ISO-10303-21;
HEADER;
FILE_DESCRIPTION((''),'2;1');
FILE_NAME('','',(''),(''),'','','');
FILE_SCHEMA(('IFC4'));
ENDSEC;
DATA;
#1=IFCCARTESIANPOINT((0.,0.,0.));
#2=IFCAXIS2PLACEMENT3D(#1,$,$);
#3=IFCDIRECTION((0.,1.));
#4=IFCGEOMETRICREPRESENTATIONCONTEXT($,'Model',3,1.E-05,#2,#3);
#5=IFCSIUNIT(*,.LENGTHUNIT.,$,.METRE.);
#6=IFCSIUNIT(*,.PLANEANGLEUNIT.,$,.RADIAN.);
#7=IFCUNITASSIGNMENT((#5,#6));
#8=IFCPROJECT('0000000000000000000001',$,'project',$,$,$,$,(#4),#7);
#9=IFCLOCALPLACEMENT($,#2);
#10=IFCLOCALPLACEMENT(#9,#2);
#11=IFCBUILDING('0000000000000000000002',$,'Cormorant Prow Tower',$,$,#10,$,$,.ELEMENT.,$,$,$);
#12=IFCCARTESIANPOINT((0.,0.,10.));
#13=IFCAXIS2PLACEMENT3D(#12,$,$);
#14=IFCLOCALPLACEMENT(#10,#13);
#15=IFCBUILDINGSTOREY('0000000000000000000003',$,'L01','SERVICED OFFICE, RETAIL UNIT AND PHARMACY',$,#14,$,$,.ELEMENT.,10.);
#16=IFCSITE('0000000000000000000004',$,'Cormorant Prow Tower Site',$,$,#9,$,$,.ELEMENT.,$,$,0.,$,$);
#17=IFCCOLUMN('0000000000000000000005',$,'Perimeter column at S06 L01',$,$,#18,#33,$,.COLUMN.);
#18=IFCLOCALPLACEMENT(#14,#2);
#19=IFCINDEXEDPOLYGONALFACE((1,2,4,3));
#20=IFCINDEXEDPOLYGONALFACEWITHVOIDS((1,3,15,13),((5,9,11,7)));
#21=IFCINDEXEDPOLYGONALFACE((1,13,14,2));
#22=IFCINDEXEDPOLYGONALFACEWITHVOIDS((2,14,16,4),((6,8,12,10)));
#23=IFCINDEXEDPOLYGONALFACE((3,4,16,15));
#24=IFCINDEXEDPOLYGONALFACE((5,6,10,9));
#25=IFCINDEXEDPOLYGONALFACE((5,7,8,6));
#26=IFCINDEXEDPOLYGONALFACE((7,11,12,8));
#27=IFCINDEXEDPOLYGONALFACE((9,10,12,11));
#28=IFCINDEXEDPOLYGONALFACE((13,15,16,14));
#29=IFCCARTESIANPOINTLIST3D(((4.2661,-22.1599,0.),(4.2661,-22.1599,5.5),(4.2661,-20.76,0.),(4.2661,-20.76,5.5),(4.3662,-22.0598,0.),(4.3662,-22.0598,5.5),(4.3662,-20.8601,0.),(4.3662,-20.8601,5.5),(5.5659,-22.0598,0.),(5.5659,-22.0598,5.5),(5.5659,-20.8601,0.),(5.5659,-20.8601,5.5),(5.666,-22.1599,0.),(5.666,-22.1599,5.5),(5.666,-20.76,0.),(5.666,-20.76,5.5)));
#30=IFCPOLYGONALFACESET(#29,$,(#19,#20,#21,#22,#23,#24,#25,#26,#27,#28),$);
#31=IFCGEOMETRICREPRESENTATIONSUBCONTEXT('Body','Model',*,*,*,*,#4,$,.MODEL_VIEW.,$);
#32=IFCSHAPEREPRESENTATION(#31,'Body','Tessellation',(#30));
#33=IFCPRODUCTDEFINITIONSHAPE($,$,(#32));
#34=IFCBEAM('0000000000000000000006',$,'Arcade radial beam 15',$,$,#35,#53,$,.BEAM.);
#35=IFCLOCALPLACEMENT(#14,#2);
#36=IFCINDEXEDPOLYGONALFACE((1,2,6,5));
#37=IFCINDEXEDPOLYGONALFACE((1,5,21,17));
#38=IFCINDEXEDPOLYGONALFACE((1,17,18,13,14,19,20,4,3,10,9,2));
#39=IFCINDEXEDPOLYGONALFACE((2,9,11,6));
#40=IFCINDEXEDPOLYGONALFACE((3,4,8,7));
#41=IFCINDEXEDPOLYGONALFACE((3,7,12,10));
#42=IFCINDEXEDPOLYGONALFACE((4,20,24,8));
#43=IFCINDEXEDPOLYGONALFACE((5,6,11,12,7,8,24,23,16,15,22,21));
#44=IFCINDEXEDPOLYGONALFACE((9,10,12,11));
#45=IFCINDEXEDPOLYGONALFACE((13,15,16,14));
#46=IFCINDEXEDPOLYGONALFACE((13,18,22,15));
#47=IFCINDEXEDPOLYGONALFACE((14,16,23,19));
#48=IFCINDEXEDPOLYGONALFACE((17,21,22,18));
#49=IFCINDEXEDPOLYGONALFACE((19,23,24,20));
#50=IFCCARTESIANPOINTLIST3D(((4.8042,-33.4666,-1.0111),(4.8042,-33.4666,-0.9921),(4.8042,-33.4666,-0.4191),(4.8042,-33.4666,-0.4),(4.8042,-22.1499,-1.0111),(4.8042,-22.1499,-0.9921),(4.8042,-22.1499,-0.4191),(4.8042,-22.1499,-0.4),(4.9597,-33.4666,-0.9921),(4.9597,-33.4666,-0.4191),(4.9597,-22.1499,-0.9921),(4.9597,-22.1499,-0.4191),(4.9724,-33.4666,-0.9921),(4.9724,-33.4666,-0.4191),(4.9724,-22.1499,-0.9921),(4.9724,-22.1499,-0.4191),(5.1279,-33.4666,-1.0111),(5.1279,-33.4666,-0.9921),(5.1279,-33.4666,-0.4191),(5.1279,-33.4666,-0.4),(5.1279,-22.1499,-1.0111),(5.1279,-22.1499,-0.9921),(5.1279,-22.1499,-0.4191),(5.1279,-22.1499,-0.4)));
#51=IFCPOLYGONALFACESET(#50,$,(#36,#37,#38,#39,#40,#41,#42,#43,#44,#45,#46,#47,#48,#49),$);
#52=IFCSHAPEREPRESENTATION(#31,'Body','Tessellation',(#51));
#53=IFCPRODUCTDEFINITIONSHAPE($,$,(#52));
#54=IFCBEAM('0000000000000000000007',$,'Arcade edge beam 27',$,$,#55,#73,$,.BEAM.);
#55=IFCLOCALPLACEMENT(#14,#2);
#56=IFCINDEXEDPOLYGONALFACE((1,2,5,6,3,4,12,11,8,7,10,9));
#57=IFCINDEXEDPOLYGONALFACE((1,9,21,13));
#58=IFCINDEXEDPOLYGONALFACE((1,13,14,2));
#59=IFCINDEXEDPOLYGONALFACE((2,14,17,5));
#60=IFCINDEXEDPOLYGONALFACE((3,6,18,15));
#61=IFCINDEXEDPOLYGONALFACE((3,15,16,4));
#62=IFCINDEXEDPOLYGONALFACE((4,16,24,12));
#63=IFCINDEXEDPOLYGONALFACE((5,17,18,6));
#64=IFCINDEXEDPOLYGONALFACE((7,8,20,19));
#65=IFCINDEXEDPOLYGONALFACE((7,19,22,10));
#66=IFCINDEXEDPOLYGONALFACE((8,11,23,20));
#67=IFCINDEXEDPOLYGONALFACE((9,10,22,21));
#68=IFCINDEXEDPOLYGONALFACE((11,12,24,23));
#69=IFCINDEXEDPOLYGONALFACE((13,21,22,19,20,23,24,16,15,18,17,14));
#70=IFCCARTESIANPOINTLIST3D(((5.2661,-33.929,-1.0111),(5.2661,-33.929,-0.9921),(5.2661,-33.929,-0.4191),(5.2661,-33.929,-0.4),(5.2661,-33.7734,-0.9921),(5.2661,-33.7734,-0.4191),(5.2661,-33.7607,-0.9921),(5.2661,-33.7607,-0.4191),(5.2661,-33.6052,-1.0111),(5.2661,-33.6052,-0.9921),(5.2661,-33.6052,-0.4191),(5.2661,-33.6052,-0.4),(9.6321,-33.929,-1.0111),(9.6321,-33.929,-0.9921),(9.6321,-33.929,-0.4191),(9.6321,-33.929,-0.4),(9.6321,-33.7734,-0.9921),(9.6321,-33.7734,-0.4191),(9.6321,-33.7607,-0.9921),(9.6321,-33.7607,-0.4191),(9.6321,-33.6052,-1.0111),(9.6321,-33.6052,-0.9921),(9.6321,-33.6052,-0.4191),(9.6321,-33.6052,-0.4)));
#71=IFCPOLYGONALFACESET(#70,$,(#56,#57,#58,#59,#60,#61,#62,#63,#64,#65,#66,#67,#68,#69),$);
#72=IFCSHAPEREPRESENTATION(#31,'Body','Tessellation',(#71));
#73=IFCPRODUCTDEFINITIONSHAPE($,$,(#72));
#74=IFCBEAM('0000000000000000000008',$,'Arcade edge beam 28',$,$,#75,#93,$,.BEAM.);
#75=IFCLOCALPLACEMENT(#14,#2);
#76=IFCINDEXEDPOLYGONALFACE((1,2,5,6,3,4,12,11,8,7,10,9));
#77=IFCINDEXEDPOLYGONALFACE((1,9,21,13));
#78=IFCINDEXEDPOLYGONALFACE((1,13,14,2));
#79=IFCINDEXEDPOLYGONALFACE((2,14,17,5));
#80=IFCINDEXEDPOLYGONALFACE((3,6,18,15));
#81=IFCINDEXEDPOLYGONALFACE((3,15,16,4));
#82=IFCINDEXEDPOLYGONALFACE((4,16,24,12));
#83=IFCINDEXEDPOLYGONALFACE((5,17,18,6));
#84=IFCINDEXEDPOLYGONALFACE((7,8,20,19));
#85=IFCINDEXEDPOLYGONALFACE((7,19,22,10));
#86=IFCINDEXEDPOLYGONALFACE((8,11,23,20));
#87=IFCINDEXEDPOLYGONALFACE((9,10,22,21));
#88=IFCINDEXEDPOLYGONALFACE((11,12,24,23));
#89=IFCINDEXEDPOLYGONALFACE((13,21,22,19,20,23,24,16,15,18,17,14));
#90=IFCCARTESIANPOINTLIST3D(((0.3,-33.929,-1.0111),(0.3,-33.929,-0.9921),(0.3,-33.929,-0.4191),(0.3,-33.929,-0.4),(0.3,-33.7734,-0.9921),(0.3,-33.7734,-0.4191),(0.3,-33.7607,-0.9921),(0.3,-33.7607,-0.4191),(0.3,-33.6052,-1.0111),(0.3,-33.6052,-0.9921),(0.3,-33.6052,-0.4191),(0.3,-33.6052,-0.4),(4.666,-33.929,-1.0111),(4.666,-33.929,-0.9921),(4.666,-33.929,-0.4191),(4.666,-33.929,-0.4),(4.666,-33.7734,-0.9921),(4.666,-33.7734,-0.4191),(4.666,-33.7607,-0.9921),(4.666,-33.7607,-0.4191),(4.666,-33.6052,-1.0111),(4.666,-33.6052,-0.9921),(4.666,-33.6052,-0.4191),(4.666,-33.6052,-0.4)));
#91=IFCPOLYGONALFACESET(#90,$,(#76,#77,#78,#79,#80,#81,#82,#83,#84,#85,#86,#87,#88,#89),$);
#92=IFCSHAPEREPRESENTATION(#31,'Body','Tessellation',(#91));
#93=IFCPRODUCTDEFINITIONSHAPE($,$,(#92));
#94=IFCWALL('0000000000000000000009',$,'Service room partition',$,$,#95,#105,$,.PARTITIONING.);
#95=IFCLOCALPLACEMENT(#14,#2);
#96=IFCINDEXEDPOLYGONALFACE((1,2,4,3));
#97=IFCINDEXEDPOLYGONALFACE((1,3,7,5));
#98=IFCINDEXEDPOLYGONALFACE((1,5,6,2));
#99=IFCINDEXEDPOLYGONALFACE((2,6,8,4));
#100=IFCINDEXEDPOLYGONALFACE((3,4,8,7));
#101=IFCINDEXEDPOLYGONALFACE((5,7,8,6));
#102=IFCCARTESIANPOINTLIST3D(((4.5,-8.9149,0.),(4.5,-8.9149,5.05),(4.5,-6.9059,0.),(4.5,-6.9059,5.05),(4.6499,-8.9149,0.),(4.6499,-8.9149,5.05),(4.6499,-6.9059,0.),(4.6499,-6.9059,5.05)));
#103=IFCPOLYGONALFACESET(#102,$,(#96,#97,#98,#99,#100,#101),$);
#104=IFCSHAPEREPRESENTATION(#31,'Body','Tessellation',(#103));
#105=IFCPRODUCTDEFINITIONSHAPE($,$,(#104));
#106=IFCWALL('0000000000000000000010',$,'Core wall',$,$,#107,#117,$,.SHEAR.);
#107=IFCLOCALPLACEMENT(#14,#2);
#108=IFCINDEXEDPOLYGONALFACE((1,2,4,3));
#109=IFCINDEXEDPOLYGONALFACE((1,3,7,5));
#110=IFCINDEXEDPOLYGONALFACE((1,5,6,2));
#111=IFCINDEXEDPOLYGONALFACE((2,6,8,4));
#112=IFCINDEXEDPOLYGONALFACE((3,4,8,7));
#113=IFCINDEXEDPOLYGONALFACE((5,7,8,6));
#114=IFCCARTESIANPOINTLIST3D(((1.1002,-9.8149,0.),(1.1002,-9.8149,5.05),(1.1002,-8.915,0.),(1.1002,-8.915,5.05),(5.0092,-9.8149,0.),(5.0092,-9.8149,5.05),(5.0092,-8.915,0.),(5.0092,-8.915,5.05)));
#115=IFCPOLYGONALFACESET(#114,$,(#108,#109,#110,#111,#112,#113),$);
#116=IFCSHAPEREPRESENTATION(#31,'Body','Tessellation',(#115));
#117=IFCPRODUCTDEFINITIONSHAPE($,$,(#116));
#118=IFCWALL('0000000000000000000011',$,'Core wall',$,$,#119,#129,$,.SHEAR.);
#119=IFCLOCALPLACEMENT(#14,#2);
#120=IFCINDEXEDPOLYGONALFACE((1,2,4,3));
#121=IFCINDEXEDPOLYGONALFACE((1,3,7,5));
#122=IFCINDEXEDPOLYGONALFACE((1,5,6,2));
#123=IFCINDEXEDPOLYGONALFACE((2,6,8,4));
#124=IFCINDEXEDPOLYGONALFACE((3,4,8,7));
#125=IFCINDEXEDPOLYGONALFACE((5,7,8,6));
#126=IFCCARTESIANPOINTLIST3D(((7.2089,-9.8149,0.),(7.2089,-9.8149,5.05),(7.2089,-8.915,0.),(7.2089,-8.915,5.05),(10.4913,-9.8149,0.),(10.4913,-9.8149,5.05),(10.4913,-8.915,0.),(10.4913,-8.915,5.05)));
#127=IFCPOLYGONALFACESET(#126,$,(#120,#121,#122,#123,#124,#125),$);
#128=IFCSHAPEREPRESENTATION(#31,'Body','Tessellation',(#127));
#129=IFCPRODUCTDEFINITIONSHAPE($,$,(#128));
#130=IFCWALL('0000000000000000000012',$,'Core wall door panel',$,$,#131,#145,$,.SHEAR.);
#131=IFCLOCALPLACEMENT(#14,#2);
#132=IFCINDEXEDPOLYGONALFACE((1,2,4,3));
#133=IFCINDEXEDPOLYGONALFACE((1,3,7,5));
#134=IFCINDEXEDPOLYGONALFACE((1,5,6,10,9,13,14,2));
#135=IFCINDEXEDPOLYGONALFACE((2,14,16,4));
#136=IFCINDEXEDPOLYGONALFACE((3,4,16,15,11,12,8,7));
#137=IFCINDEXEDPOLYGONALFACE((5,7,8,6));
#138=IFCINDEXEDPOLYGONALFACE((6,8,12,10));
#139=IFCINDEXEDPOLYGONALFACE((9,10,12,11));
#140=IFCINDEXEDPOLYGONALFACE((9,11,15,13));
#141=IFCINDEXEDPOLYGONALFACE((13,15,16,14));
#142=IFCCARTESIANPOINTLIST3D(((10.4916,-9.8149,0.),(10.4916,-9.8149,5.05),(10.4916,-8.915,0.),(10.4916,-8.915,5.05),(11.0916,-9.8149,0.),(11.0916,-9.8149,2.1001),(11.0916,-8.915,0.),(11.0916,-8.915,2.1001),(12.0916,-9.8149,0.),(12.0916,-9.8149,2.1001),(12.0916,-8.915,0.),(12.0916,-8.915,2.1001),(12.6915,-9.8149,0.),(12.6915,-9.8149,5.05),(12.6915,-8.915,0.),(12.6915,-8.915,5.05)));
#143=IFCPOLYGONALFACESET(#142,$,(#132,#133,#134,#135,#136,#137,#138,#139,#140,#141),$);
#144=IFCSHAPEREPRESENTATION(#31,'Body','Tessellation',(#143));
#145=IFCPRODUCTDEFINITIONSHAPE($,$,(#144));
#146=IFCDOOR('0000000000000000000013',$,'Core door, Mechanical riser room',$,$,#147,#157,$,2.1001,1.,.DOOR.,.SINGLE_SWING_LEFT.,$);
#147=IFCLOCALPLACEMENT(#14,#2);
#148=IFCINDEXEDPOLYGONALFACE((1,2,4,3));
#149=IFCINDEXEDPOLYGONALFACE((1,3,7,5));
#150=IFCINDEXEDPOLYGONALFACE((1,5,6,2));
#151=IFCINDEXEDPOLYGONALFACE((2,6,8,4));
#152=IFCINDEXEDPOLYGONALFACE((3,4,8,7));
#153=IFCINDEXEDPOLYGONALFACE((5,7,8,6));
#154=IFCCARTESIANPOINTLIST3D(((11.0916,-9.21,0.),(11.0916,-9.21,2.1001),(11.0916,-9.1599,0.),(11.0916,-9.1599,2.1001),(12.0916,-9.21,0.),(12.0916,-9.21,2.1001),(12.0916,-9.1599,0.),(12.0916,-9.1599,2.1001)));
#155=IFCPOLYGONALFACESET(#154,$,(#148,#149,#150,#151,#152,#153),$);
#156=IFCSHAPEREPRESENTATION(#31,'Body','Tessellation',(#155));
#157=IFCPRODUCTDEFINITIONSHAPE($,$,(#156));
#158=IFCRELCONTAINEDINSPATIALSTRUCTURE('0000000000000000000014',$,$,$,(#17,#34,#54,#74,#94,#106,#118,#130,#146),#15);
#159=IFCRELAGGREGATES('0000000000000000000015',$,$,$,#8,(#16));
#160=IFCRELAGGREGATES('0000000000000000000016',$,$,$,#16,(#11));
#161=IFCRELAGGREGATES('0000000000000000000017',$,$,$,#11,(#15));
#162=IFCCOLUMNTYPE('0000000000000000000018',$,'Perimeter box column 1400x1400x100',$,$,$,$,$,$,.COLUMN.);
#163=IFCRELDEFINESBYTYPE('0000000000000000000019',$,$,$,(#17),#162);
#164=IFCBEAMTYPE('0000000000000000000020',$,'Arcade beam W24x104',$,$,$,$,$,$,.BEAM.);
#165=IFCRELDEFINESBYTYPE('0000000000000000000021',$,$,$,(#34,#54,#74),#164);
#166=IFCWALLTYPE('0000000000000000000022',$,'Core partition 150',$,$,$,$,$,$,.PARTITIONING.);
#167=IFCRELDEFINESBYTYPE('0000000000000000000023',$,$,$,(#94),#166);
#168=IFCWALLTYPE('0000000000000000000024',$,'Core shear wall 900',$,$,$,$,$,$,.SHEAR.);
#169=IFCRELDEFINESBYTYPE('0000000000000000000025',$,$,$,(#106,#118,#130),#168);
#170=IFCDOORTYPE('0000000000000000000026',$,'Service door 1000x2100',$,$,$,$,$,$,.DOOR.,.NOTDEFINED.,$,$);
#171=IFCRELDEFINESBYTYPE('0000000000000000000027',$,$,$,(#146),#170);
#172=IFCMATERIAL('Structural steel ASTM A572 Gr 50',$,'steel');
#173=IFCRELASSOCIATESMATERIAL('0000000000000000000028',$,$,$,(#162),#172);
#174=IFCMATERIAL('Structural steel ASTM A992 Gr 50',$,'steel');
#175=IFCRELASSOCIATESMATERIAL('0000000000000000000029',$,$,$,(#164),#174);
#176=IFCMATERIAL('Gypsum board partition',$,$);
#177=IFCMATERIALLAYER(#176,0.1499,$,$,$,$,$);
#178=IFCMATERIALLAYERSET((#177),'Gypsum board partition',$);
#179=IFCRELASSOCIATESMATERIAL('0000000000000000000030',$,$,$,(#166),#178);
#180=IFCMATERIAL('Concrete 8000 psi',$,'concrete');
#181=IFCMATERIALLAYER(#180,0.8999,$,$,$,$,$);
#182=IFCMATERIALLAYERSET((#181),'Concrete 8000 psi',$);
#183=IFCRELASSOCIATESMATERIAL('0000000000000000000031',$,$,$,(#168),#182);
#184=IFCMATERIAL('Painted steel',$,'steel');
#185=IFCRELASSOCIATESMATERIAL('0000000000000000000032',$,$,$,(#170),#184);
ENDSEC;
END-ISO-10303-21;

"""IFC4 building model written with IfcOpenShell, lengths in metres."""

from ifc_helpers import new_model, si_unit, direction, frame, frame_2d, origin, origin_2d, place, context, subcontext, project, spatial, rectangle, hollow_rectangle, i_section, extrude, material, layer, layer_set, material_profile, profile_set, type_object, element, fill, save


model = new_model("IFC4")

# Units and contexts
model_context = context("Model", 3, precision=1e-05, world=origin(), true_north=direction((0.0, 1.0)))
body_context = subcontext(model_context, "Body", "Model", "MODEL_VIEW")
ifc_project = project(units=[si_unit("LENGTHUNIT", "METRE"), si_unit("PLANEANGLEUNIT", "RADIAN")], contexts=[model_context])

# Site, building, storey
site_placement = place(None, origin())
site = spatial("IfcSite", under=ifc_project, at=site_placement, Name="Cormorant Prow Tower Site", CompositionType="ELEMENT", RefElevation=0.0)
building_placement = place(site_placement, origin())
building = spatial("IfcBuilding", under=site, at=building_placement, Name="Cormorant Prow Tower", CompositionType="ELEMENT")
storey_placement = place(building_placement, frame((0.0, 0.0, 10.0)))
storey = spatial("IfcBuildingStorey", under=building, at=storey_placement, Name="L01", Description="SERVICED OFFICE, RETAIL UNIT AND PHARMACY", CompositionType="ELEMENT", Elevation=10.0)

# Column
ifc_material_1 = material(Name="Structural steel ASTM A572 Gr 50", Category="steel")
ifc_material_profile_1 = material_profile(ifc_material_1, hollow_rectangle(XDim=1.3999, YDim=1.3999, WallThickness=0.1001, at=origin_2d()), Name="Box 1400x1400x100")
ifc_profile_set_1 = profile_set([ifc_material_profile_1], Name="Structural steel ASTM A572 Gr 50")
column_type = type_object("IfcColumnType", Name="Perimeter box column 1400x1400x100", PredefinedType="COLUMN", material=ifc_profile_set_1)
column_placement = place(storey_placement, frame((4.9661, -21.46, 0.0), z_axis=(0.0, 0.0, 1.0), x_axis=(1.0, 0.0, 0.0)))
element("IfcColumn", 1, at=column_placement, inside=storey, type_object=column_type, Name="Perimeter column at S06 L01", PredefinedType="COLUMN", context=body_context, shape_type="SweptSolid", body=[
    extrude(hollow_rectangle(XDim=1.3999, YDim=1.3999, WallThickness=0.1001, at=origin_2d()), origin(), (0.0, 0.0, 1.0), 5.5),
])

# Beams
ifc_material_2 = material(Name="Structural steel ASTM A992 Gr 50", Category="steel")
ifc_material_profile_2 = material_profile(ifc_material_2, i_section(OverallWidth=0.3237, OverallDepth=0.6111, WebThickness=0.0127, FlangeThickness=0.019, at=origin_2d()), Name="W24x104")
ifc_profile_set_2 = profile_set([ifc_material_profile_2], Name="Structural steel ASTM A992 Gr 50")
beam_type = type_object("IfcBeamType", Name="Arcade beam W24x104", PredefinedType="BEAM", material=ifc_profile_set_2)
beam_placement = place(storey_placement, frame((4.9661, -22.1499, -0.7056), z_axis=(0.0, -1.0, 0.0), x_axis=(1.0, 0.0, 0.0)))
element("IfcBeam", 2, at=beam_placement, inside=storey, type_object=beam_type, Name="Arcade radial beam 15", PredefinedType="BEAM", context=body_context, shape_type="SweptSolid", body=[
    extrude(i_section(OverallWidth=0.3237, OverallDepth=0.6111, WebThickness=0.0127, FlangeThickness=0.019, at=origin_2d()), origin(), (0.0, 0.0, 1.0), 11.3167),
])
for number, where, z_axis, x_axis, name in (
    (3, (9.6321, -33.7671, -0.7056), (-1.0, 0.0, 0.0), (0.0, -1.0, 0.0), "Arcade edge beam 27"),
    (4, (4.666, -33.7671, -0.7056), (-1.0, 0.0, 0.0), (0.0, -1.0, 0.0), "Arcade edge beam 28"),
):
    element("IfcBeam", number, at=place(storey_placement, frame(where, z_axis=z_axis, x_axis=x_axis)), inside=storey, type_object=beam_type, Name=name, PredefinedType="BEAM", context=body_context, shape_type="SweptSolid", body=[
        extrude(i_section(OverallWidth=0.3237, OverallDepth=0.6111, WebThickness=0.0127, FlangeThickness=0.019, at=origin_2d()), origin(), (0.0, 0.0, 1.0), 4.366),
    ])

# Walls
ifc_material_3 = material(Name="Gypsum board partition")
ifc_layer_1 = layer(ifc_material_3, 0.1499)
ifc_layer_set_1 = layer_set([ifc_layer_1], Name="Gypsum board partition")
wall_type_1 = type_object("IfcWallType", Name="Core partition 150", PredefinedType="PARTITIONING", material=ifc_layer_set_1)
wall_1_placement = place(storey_placement, frame((4.575, -6.906, 0.0), z_axis=(0.0, 0.0, 1.0), x_axis=(0.0, -1.0, 0.0)))
element("IfcWall", 5, at=wall_1_placement, inside=storey, type_object=wall_type_1, Name="Service room partition", PredefinedType="PARTITIONING", context=body_context, shape_type="SweptSolid", body=[
    extrude(rectangle(XDim=2.009, YDim=0.1499, at=frame_2d((1.0044, 0.0))), origin(), (0.0, 0.0, 1.0), 5.05),
])
ifc_material_4 = material(Name="Concrete 8000 psi", Category="concrete")
ifc_layer_2 = layer(ifc_material_4, 0.8999)
ifc_layer_set_2 = layer_set([ifc_layer_2], Name="Concrete 8000 psi")
wall_type_2 = type_object("IfcWallType", Name="Core shear wall 900", PredefinedType="SHEAR", material=ifc_layer_set_2)
wall_2_placement = place(storey_placement, frame((1.1001, -9.365, 0.0), z_axis=(0.0, 0.0, 1.0), x_axis=(1.0, 0.0, 0.0)))
element("IfcWall", 6, at=wall_2_placement, inside=storey, type_object=wall_type_2, Name="Core wall", PredefinedType="SHEAR", context=body_context, shape_type="SweptSolid", body=[
    extrude(rectangle(XDim=3.9089, YDim=0.8999, at=frame_2d((1.9546, 0.0))), origin(), (0.0, 0.0, 1.0), 5.05),
])
wall_3_placement = place(storey_placement, frame((7.209, -9.365, 0.0), z_axis=(0.0, 0.0, 1.0), x_axis=(1.0, 0.0, 0.0)))
element("IfcWall", 7, at=wall_3_placement, inside=storey, type_object=wall_type_2, Name="Core wall", PredefinedType="SHEAR", context=body_context, shape_type="SweptSolid", body=[
    extrude(rectangle(XDim=3.2825, YDim=0.8999, at=frame_2d((1.6411, 0.0))), origin(), (0.0, 0.0, 1.0), 5.05),
])

# Wall, opening, door
wall_4_placement = place(storey_placement, frame((10.4915, -9.365, 0.0), z_axis=(0.0, 0.0, 1.0), x_axis=(1.0, 0.0, 0.0)))
wall_4 = element("IfcWall", 8, at=wall_4_placement, inside=storey, type_object=wall_type_2, Name="Core wall door panel", PredefinedType="SHEAR", context=body_context, shape_type="SweptSolid", body=[
    extrude(rectangle(XDim=2.2, YDim=0.8999, at=frame_2d((1.1001, 0.0))), origin(), (0.0, 0.0, 1.0), 5.05),
])
opening_1_placement = place(wall_4_placement, frame((0.6001, 0.0, 0.0)))
opening_1 = element("IfcOpeningElement", 9, at=opening_1_placement, cuts=wall_4, PredefinedType="OPENING", context=body_context, shape_type="SweptSolid", body=[
    extrude(rectangle(XDim=1.0, YDim=2.1001, at=frame_2d((0.5, 1.05))), frame((0.0, 0.46, 0.0), z_axis=(0.0, -1.0, 0.0), x_axis=(1.0, 0.0, 0.0)), (0.0, 0.0, 1.0), 0.9199),
])
ifc_material_5 = material(Name="Painted steel", Category="steel")
door_type = type_object("IfcDoorType", Name="Service door 1000x2100", OperationType="NOTDEFINED", PredefinedType="DOOR", material=ifc_material_5)
door_1_placement = place(opening_1_placement, origin())
door_1 = element("IfcDoor", 10, at=door_1_placement, inside=storey, type_object=door_type, Name="Core door, Mechanical riser room", OperationType="SINGLE_SWING_LEFT", OverallHeight=2.1001, OverallWidth=1.0, PredefinedType="DOOR", context=body_context, shape_type="SweptSolid", body=[
    extrude(rectangle(XDim=1.0, YDim=2.1001, at=frame_2d((0.5, 1.05))), frame((0.0, 0.2051, 0.0), z_axis=(0.0, -1.0, 0.0), x_axis=(1.0, 0.0, 0.0)), (0.0, 0.0, 1.0), 0.05),
])
fill(opening_1, door_1)

save(model, "model.ifc")
